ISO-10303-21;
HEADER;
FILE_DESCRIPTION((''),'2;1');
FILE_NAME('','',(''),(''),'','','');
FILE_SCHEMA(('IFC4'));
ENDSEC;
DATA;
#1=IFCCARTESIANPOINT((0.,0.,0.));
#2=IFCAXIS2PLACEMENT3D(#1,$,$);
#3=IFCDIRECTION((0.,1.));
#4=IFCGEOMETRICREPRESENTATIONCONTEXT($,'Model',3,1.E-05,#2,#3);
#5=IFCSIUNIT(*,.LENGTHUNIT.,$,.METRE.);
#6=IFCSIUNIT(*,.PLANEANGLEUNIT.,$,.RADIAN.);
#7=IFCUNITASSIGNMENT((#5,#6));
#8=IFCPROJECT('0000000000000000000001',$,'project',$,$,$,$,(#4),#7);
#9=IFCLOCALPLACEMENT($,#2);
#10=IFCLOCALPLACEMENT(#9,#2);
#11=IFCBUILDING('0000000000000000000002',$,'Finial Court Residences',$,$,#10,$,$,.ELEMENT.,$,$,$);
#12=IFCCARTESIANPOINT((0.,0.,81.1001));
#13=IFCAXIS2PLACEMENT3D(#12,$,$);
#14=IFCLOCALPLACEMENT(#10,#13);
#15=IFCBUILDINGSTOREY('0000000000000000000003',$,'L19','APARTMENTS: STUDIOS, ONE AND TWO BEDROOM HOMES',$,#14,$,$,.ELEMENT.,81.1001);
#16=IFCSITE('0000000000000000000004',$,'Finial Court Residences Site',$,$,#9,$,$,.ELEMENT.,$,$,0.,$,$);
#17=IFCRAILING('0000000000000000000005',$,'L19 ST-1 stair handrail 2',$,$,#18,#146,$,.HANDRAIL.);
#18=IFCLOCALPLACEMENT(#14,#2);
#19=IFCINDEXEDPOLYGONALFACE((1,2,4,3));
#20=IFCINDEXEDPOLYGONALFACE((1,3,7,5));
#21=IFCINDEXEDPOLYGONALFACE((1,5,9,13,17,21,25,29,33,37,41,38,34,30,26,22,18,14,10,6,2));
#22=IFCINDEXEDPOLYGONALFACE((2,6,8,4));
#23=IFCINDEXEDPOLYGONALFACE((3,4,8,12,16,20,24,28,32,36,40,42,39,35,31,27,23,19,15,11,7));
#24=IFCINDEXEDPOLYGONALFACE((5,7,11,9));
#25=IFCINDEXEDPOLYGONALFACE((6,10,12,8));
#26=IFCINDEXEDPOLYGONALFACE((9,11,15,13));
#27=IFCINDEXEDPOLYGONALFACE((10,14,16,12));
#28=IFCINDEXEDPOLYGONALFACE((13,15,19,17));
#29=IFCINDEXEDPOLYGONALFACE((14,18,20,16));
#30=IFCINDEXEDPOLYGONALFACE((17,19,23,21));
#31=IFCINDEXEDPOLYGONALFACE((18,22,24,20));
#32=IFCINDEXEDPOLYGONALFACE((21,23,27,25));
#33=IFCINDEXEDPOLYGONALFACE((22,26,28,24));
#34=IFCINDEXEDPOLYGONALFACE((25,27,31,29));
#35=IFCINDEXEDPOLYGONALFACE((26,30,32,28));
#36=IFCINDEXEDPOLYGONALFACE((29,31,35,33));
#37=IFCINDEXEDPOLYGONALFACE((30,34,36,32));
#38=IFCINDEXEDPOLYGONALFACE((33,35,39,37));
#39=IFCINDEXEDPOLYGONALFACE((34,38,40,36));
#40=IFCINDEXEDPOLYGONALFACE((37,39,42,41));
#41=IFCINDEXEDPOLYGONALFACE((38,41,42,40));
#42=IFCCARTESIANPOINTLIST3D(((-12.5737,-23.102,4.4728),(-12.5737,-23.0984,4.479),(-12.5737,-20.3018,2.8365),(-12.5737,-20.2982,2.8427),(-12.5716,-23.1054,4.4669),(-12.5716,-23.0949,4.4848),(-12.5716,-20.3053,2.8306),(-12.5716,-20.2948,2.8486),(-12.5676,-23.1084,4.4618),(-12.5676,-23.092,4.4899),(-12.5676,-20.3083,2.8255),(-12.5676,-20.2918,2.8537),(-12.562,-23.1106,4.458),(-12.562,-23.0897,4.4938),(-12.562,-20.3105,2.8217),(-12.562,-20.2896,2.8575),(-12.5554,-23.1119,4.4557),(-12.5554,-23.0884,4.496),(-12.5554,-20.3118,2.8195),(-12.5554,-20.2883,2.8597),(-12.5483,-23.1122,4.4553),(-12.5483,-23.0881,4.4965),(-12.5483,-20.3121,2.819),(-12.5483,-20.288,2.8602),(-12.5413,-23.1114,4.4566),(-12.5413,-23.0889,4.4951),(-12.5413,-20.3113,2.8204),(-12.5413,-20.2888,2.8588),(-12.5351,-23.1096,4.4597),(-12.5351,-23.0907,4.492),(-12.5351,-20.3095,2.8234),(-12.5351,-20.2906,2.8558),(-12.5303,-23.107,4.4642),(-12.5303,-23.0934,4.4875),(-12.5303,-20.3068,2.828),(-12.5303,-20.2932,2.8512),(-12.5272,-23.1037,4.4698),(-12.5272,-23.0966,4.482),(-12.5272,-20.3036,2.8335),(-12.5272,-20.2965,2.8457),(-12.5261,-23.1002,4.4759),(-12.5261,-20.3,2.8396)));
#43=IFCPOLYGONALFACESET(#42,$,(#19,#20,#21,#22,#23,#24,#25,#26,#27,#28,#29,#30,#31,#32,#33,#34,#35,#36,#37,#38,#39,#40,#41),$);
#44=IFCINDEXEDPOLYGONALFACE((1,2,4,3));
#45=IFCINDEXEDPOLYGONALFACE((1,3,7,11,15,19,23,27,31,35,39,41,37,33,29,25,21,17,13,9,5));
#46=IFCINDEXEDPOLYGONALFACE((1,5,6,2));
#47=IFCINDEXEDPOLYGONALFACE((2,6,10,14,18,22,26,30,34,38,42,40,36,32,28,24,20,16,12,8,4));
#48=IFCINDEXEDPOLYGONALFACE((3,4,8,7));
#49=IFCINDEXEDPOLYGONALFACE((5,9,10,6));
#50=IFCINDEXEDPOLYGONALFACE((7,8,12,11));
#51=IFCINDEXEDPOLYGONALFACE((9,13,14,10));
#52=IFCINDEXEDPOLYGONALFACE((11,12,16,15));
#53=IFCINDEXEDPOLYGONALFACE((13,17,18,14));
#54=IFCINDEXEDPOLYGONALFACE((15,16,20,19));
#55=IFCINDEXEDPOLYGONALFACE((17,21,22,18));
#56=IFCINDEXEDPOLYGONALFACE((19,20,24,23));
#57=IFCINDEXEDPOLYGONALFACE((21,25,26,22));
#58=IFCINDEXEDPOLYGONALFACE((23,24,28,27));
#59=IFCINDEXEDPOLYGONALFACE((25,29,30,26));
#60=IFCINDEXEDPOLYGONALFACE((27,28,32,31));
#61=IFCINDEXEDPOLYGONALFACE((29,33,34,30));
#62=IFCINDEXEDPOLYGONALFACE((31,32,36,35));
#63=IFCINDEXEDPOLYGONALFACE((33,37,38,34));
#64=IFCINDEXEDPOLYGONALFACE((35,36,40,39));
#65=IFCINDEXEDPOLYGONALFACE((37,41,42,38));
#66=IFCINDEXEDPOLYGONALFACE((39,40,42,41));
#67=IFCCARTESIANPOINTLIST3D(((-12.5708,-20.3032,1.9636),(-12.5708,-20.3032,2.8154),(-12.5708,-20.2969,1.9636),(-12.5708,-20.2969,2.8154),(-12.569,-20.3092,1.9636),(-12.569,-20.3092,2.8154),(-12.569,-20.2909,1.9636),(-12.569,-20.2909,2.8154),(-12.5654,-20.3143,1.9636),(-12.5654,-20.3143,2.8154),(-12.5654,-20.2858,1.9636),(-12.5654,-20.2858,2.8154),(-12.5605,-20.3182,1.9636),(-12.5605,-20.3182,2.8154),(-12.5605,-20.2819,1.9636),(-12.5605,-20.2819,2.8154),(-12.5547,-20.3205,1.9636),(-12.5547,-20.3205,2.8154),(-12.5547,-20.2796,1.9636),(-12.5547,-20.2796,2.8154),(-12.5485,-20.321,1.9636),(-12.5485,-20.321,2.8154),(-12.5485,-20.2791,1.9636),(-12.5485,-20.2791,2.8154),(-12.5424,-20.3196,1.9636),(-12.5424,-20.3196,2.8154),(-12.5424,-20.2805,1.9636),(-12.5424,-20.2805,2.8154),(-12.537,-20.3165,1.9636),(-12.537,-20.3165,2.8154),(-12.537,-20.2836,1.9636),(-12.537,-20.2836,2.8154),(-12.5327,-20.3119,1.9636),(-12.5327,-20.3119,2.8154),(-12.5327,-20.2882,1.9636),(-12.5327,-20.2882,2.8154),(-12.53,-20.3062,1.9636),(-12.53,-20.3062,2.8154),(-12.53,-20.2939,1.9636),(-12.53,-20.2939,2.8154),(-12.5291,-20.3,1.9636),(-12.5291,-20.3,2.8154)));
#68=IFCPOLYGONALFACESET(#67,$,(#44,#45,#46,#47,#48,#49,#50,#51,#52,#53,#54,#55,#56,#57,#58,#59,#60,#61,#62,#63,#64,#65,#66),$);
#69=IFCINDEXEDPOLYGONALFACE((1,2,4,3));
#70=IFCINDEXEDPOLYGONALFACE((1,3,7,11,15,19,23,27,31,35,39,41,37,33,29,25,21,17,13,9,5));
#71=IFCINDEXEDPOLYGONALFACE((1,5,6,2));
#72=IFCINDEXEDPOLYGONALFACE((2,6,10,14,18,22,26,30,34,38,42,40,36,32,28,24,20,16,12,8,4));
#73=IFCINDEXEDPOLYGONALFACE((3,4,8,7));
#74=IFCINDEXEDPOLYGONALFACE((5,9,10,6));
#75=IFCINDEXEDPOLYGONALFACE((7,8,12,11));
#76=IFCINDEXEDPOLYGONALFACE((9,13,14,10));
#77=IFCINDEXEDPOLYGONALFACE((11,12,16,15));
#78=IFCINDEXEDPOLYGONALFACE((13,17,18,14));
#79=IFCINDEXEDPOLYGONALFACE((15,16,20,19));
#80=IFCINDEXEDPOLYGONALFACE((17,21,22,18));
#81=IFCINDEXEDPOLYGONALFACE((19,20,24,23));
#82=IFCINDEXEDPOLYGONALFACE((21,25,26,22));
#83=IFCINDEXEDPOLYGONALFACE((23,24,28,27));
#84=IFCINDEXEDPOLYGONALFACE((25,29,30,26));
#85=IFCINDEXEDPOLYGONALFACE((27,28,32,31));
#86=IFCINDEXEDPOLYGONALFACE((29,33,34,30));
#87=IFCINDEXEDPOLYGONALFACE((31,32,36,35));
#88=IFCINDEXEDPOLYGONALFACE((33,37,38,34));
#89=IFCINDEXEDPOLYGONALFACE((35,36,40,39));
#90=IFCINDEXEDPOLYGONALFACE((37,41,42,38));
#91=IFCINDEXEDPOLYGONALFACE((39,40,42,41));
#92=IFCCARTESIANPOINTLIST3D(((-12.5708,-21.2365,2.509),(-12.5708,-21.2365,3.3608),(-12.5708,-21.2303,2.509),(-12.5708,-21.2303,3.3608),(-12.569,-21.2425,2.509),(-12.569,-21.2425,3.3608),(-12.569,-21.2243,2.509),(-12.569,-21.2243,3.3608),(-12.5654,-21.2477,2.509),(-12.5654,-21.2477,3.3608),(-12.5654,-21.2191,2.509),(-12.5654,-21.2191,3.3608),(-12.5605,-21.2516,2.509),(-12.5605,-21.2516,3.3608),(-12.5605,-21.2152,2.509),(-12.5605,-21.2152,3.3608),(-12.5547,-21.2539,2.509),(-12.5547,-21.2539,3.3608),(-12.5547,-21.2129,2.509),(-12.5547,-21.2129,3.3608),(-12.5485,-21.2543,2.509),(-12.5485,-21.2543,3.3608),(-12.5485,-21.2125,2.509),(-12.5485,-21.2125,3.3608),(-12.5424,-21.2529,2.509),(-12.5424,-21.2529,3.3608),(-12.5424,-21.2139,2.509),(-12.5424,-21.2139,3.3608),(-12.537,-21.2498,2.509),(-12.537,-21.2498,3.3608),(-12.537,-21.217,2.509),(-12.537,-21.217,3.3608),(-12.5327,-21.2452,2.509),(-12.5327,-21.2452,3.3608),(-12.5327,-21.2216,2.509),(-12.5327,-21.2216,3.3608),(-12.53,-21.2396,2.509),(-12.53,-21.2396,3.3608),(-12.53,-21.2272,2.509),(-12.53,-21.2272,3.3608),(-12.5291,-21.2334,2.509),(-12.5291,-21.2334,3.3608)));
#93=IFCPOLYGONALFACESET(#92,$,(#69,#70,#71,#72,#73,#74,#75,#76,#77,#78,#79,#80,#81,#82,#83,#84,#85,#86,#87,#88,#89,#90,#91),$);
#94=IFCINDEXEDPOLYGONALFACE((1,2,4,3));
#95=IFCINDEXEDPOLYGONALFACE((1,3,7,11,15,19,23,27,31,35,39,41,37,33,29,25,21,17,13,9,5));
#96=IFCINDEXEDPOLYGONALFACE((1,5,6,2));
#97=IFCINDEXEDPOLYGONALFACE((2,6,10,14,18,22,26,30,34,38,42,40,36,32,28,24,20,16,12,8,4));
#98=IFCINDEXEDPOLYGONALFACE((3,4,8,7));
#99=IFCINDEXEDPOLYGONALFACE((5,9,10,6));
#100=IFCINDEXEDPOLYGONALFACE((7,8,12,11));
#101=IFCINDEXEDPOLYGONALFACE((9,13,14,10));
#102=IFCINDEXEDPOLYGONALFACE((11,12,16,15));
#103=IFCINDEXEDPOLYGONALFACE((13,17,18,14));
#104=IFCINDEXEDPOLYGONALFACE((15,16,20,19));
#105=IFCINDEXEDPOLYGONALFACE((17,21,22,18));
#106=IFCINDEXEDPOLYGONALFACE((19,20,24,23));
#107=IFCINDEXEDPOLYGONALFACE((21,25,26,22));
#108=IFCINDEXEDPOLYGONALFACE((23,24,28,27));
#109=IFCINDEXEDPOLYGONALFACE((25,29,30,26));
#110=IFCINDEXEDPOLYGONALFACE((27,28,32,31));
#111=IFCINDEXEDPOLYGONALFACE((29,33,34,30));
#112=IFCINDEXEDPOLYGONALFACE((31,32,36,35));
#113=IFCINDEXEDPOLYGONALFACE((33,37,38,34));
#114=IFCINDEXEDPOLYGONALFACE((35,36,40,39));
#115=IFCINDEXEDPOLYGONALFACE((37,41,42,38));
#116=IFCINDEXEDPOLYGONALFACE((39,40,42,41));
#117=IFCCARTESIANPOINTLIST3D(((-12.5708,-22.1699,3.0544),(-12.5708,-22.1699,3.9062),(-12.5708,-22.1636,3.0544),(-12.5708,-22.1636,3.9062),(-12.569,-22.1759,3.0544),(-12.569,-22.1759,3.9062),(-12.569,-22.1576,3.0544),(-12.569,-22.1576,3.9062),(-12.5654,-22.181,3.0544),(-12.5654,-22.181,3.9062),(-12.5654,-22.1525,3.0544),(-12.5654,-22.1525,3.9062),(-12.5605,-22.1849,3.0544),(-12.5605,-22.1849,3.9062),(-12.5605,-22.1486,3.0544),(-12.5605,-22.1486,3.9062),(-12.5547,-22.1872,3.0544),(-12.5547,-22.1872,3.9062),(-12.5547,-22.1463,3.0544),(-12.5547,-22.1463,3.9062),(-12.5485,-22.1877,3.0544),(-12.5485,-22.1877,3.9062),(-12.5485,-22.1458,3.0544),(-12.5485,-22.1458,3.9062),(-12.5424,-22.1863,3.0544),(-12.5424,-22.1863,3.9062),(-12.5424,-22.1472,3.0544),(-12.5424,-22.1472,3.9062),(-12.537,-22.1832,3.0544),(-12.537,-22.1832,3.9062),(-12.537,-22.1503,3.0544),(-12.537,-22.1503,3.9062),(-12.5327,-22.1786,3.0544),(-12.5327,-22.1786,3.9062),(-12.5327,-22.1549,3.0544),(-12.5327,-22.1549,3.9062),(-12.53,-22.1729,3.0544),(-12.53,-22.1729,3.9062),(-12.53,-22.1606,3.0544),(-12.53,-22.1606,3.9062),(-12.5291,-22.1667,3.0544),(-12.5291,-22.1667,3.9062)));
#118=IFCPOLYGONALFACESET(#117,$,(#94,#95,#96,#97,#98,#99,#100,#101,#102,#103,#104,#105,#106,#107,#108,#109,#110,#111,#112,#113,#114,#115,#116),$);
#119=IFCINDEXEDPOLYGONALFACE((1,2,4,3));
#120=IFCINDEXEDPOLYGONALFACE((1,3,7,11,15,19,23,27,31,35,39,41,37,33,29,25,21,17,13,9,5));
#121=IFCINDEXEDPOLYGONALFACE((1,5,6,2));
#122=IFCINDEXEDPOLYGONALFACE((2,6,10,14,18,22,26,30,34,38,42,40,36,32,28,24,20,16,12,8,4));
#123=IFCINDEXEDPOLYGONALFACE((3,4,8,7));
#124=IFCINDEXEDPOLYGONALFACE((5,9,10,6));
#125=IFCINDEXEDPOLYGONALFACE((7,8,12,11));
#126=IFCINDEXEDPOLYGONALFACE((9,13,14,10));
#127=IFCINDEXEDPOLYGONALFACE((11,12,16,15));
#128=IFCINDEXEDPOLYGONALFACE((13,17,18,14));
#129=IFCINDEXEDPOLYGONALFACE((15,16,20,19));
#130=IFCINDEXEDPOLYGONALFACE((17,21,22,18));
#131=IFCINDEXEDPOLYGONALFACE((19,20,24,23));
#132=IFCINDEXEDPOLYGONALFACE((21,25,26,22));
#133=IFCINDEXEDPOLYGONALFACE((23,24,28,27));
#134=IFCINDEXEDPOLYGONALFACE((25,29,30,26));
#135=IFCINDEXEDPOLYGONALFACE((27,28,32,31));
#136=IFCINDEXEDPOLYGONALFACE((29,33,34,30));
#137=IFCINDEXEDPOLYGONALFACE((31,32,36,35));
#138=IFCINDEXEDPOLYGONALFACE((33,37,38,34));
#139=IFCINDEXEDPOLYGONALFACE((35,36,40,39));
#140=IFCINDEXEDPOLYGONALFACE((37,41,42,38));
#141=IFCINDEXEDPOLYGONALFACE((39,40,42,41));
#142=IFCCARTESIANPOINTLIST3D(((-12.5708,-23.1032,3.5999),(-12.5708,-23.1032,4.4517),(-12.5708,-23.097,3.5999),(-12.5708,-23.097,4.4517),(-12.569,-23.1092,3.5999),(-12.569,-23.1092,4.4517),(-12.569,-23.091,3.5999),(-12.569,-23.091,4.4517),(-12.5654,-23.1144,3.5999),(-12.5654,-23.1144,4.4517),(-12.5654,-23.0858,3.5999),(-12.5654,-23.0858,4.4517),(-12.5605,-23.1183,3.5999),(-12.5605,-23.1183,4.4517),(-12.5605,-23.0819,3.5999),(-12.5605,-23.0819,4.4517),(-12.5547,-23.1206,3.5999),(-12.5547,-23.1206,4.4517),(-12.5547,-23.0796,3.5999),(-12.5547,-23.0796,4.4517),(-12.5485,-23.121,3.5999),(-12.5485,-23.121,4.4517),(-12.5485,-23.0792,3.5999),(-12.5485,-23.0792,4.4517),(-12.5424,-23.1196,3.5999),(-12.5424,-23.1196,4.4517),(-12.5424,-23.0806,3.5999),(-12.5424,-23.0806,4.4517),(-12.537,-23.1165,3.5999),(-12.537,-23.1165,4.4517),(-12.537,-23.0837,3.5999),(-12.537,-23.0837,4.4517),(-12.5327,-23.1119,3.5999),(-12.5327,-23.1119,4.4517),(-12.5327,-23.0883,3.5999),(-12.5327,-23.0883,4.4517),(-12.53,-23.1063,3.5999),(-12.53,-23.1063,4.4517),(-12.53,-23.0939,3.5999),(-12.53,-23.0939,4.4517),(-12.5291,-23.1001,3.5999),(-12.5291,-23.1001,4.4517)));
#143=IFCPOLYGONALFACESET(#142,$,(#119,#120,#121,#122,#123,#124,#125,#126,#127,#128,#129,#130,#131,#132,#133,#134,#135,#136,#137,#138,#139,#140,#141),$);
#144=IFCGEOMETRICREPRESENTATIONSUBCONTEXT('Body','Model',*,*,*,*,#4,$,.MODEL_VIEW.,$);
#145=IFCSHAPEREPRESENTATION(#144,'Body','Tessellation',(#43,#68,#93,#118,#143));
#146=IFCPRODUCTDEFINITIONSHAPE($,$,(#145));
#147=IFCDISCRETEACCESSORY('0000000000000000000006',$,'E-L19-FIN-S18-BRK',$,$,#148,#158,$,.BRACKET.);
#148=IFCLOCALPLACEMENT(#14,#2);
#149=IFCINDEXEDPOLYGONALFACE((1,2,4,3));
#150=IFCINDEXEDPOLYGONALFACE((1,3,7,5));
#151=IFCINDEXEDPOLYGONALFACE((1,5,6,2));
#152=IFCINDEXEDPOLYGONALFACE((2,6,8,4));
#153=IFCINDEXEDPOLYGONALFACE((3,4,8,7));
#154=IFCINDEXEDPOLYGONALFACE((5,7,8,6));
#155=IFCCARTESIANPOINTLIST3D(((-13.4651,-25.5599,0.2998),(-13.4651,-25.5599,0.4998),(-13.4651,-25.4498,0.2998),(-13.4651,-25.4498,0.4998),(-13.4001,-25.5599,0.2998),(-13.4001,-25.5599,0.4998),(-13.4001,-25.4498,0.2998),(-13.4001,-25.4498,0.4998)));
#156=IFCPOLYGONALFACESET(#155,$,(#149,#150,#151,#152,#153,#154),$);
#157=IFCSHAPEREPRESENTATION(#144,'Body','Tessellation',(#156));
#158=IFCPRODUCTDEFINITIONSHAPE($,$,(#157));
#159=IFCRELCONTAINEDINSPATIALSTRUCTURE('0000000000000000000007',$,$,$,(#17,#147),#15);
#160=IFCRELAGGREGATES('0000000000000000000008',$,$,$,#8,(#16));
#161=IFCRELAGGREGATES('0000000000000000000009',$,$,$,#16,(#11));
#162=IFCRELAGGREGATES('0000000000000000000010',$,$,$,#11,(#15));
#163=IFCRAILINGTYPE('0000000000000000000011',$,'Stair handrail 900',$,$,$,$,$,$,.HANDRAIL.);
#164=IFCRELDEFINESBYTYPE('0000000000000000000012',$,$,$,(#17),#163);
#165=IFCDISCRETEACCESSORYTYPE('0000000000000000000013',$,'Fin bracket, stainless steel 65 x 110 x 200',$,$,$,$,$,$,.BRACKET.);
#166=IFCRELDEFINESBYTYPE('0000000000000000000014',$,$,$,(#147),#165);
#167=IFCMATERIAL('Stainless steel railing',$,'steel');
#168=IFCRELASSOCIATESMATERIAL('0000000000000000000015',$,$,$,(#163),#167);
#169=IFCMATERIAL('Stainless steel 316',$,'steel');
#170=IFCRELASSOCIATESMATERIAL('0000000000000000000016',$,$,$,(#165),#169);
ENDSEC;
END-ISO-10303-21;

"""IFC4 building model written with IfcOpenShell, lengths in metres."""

from ifc_helpers import new_model, si_unit, direction, frame, origin, origin_2d, place, context, subcontext, project, spatial, rectangle, circle, extrude, material, type_object, element, save


model = new_model("IFC4")

# Units and contexts
model_context = context("Model", 3, precision=1e-05, world=origin(), true_north=direction((0.0, 1.0)))
body_context = subcontext(model_context, "Body", "Model", "MODEL_VIEW")
ifc_project = project(units=[si_unit("LENGTHUNIT", "METRE"), si_unit("PLANEANGLEUNIT", "RADIAN")], contexts=[model_context])

# Site, building, storey
site_placement = place(None, origin())
site = spatial("IfcSite", under=ifc_project, at=site_placement, Name="Finial Court Residences Site", CompositionType="ELEMENT", RefElevation=0.0)
building_placement = place(site_placement, origin())
building = spatial("IfcBuilding", under=site, at=building_placement, Name="Finial Court Residences", CompositionType="ELEMENT")
storey_placement = place(building_placement, frame((0.0, 0.0, 81.1001)))
storey = spatial("IfcBuildingStorey", under=building, at=storey_placement, Name="L19", Description="APARTMENTS: STUDIOS, ONE AND TWO BEDROOM HOMES", CompositionType="ELEMENT", Elevation=81.1001)

# Railing
ifc_material_1 = material(Name="Stainless steel railing", Category="steel")
railing_type_1 = type_object("IfcRailingType", Name="Stair handrail 900", PredefinedType="HANDRAIL", material=ifc_material_1)
railing_1_placement = place(storey_placement, frame((-12.55, -20.3, 1.9636)))
element("IfcRailing", 1, at=railing_1_placement, inside=storey, type_object=railing_type_1, Name="L19 ST-1 stair handrail 2", PredefinedType="HANDRAIL", context=body_context, shape_type="SweptSolid", body=[
    extrude(circle(Radius=0.0239, at=origin_2d()), frame((0.0, 0.0, 0.876), z_axis=(0.0, -0.863394, 0.504531), x_axis=(1.0, 0.0, 0.0)), (0.0, 0.0, 1.0), 3.2432),
    extrude(circle(Radius=0.021, at=origin_2d()), origin(), (0.0, 0.0, 1.0), 0.8518),
    extrude(circle(Radius=0.021, at=origin_2d()), frame((0.0, -0.9333, 0.5454)), (0.0, 0.0, 1.0), 0.8518),
    extrude(circle(Radius=0.021, at=origin_2d()), frame((0.0, -1.8667, 1.0908)), (0.0, 0.0, 1.0), 0.8518),
    extrude(circle(Radius=0.021, at=origin_2d()), frame((0.0, -2.8, 1.6362)), (0.0, 0.0, 1.0), 0.8518),
])

# Discrete accessory
ifc_material_2 = material(Name="Stainless steel 316", Category="steel")
discrete_accessory_type = type_object("IfcDiscreteAccessoryType", Name="Fin bracket, stainless steel 65 x 110 x 200", PredefinedType="BRACKET", material=ifc_material_2)
discrete_accessory_placement = place(storey_placement, frame((-13.4326, -25.5049, 0.2998), z_axis=(0.0, 0.0, 1.0), x_axis=(1.0, 0.0, 0.0)))
element("IfcDiscreteAccessory", 2, at=discrete_accessory_placement, inside=storey, type_object=discrete_accessory_type, Name="E-L19-FIN-S18-BRK", PredefinedType="BRACKET", context=body_context, shape_type="SweptSolid", body=[
    extrude(rectangle(XDim=0.0649, YDim=0.1101, at=origin_2d()), origin(), (0.0, 0.0, 1.0), 0.2),
])

save(model, "model.ifc")
